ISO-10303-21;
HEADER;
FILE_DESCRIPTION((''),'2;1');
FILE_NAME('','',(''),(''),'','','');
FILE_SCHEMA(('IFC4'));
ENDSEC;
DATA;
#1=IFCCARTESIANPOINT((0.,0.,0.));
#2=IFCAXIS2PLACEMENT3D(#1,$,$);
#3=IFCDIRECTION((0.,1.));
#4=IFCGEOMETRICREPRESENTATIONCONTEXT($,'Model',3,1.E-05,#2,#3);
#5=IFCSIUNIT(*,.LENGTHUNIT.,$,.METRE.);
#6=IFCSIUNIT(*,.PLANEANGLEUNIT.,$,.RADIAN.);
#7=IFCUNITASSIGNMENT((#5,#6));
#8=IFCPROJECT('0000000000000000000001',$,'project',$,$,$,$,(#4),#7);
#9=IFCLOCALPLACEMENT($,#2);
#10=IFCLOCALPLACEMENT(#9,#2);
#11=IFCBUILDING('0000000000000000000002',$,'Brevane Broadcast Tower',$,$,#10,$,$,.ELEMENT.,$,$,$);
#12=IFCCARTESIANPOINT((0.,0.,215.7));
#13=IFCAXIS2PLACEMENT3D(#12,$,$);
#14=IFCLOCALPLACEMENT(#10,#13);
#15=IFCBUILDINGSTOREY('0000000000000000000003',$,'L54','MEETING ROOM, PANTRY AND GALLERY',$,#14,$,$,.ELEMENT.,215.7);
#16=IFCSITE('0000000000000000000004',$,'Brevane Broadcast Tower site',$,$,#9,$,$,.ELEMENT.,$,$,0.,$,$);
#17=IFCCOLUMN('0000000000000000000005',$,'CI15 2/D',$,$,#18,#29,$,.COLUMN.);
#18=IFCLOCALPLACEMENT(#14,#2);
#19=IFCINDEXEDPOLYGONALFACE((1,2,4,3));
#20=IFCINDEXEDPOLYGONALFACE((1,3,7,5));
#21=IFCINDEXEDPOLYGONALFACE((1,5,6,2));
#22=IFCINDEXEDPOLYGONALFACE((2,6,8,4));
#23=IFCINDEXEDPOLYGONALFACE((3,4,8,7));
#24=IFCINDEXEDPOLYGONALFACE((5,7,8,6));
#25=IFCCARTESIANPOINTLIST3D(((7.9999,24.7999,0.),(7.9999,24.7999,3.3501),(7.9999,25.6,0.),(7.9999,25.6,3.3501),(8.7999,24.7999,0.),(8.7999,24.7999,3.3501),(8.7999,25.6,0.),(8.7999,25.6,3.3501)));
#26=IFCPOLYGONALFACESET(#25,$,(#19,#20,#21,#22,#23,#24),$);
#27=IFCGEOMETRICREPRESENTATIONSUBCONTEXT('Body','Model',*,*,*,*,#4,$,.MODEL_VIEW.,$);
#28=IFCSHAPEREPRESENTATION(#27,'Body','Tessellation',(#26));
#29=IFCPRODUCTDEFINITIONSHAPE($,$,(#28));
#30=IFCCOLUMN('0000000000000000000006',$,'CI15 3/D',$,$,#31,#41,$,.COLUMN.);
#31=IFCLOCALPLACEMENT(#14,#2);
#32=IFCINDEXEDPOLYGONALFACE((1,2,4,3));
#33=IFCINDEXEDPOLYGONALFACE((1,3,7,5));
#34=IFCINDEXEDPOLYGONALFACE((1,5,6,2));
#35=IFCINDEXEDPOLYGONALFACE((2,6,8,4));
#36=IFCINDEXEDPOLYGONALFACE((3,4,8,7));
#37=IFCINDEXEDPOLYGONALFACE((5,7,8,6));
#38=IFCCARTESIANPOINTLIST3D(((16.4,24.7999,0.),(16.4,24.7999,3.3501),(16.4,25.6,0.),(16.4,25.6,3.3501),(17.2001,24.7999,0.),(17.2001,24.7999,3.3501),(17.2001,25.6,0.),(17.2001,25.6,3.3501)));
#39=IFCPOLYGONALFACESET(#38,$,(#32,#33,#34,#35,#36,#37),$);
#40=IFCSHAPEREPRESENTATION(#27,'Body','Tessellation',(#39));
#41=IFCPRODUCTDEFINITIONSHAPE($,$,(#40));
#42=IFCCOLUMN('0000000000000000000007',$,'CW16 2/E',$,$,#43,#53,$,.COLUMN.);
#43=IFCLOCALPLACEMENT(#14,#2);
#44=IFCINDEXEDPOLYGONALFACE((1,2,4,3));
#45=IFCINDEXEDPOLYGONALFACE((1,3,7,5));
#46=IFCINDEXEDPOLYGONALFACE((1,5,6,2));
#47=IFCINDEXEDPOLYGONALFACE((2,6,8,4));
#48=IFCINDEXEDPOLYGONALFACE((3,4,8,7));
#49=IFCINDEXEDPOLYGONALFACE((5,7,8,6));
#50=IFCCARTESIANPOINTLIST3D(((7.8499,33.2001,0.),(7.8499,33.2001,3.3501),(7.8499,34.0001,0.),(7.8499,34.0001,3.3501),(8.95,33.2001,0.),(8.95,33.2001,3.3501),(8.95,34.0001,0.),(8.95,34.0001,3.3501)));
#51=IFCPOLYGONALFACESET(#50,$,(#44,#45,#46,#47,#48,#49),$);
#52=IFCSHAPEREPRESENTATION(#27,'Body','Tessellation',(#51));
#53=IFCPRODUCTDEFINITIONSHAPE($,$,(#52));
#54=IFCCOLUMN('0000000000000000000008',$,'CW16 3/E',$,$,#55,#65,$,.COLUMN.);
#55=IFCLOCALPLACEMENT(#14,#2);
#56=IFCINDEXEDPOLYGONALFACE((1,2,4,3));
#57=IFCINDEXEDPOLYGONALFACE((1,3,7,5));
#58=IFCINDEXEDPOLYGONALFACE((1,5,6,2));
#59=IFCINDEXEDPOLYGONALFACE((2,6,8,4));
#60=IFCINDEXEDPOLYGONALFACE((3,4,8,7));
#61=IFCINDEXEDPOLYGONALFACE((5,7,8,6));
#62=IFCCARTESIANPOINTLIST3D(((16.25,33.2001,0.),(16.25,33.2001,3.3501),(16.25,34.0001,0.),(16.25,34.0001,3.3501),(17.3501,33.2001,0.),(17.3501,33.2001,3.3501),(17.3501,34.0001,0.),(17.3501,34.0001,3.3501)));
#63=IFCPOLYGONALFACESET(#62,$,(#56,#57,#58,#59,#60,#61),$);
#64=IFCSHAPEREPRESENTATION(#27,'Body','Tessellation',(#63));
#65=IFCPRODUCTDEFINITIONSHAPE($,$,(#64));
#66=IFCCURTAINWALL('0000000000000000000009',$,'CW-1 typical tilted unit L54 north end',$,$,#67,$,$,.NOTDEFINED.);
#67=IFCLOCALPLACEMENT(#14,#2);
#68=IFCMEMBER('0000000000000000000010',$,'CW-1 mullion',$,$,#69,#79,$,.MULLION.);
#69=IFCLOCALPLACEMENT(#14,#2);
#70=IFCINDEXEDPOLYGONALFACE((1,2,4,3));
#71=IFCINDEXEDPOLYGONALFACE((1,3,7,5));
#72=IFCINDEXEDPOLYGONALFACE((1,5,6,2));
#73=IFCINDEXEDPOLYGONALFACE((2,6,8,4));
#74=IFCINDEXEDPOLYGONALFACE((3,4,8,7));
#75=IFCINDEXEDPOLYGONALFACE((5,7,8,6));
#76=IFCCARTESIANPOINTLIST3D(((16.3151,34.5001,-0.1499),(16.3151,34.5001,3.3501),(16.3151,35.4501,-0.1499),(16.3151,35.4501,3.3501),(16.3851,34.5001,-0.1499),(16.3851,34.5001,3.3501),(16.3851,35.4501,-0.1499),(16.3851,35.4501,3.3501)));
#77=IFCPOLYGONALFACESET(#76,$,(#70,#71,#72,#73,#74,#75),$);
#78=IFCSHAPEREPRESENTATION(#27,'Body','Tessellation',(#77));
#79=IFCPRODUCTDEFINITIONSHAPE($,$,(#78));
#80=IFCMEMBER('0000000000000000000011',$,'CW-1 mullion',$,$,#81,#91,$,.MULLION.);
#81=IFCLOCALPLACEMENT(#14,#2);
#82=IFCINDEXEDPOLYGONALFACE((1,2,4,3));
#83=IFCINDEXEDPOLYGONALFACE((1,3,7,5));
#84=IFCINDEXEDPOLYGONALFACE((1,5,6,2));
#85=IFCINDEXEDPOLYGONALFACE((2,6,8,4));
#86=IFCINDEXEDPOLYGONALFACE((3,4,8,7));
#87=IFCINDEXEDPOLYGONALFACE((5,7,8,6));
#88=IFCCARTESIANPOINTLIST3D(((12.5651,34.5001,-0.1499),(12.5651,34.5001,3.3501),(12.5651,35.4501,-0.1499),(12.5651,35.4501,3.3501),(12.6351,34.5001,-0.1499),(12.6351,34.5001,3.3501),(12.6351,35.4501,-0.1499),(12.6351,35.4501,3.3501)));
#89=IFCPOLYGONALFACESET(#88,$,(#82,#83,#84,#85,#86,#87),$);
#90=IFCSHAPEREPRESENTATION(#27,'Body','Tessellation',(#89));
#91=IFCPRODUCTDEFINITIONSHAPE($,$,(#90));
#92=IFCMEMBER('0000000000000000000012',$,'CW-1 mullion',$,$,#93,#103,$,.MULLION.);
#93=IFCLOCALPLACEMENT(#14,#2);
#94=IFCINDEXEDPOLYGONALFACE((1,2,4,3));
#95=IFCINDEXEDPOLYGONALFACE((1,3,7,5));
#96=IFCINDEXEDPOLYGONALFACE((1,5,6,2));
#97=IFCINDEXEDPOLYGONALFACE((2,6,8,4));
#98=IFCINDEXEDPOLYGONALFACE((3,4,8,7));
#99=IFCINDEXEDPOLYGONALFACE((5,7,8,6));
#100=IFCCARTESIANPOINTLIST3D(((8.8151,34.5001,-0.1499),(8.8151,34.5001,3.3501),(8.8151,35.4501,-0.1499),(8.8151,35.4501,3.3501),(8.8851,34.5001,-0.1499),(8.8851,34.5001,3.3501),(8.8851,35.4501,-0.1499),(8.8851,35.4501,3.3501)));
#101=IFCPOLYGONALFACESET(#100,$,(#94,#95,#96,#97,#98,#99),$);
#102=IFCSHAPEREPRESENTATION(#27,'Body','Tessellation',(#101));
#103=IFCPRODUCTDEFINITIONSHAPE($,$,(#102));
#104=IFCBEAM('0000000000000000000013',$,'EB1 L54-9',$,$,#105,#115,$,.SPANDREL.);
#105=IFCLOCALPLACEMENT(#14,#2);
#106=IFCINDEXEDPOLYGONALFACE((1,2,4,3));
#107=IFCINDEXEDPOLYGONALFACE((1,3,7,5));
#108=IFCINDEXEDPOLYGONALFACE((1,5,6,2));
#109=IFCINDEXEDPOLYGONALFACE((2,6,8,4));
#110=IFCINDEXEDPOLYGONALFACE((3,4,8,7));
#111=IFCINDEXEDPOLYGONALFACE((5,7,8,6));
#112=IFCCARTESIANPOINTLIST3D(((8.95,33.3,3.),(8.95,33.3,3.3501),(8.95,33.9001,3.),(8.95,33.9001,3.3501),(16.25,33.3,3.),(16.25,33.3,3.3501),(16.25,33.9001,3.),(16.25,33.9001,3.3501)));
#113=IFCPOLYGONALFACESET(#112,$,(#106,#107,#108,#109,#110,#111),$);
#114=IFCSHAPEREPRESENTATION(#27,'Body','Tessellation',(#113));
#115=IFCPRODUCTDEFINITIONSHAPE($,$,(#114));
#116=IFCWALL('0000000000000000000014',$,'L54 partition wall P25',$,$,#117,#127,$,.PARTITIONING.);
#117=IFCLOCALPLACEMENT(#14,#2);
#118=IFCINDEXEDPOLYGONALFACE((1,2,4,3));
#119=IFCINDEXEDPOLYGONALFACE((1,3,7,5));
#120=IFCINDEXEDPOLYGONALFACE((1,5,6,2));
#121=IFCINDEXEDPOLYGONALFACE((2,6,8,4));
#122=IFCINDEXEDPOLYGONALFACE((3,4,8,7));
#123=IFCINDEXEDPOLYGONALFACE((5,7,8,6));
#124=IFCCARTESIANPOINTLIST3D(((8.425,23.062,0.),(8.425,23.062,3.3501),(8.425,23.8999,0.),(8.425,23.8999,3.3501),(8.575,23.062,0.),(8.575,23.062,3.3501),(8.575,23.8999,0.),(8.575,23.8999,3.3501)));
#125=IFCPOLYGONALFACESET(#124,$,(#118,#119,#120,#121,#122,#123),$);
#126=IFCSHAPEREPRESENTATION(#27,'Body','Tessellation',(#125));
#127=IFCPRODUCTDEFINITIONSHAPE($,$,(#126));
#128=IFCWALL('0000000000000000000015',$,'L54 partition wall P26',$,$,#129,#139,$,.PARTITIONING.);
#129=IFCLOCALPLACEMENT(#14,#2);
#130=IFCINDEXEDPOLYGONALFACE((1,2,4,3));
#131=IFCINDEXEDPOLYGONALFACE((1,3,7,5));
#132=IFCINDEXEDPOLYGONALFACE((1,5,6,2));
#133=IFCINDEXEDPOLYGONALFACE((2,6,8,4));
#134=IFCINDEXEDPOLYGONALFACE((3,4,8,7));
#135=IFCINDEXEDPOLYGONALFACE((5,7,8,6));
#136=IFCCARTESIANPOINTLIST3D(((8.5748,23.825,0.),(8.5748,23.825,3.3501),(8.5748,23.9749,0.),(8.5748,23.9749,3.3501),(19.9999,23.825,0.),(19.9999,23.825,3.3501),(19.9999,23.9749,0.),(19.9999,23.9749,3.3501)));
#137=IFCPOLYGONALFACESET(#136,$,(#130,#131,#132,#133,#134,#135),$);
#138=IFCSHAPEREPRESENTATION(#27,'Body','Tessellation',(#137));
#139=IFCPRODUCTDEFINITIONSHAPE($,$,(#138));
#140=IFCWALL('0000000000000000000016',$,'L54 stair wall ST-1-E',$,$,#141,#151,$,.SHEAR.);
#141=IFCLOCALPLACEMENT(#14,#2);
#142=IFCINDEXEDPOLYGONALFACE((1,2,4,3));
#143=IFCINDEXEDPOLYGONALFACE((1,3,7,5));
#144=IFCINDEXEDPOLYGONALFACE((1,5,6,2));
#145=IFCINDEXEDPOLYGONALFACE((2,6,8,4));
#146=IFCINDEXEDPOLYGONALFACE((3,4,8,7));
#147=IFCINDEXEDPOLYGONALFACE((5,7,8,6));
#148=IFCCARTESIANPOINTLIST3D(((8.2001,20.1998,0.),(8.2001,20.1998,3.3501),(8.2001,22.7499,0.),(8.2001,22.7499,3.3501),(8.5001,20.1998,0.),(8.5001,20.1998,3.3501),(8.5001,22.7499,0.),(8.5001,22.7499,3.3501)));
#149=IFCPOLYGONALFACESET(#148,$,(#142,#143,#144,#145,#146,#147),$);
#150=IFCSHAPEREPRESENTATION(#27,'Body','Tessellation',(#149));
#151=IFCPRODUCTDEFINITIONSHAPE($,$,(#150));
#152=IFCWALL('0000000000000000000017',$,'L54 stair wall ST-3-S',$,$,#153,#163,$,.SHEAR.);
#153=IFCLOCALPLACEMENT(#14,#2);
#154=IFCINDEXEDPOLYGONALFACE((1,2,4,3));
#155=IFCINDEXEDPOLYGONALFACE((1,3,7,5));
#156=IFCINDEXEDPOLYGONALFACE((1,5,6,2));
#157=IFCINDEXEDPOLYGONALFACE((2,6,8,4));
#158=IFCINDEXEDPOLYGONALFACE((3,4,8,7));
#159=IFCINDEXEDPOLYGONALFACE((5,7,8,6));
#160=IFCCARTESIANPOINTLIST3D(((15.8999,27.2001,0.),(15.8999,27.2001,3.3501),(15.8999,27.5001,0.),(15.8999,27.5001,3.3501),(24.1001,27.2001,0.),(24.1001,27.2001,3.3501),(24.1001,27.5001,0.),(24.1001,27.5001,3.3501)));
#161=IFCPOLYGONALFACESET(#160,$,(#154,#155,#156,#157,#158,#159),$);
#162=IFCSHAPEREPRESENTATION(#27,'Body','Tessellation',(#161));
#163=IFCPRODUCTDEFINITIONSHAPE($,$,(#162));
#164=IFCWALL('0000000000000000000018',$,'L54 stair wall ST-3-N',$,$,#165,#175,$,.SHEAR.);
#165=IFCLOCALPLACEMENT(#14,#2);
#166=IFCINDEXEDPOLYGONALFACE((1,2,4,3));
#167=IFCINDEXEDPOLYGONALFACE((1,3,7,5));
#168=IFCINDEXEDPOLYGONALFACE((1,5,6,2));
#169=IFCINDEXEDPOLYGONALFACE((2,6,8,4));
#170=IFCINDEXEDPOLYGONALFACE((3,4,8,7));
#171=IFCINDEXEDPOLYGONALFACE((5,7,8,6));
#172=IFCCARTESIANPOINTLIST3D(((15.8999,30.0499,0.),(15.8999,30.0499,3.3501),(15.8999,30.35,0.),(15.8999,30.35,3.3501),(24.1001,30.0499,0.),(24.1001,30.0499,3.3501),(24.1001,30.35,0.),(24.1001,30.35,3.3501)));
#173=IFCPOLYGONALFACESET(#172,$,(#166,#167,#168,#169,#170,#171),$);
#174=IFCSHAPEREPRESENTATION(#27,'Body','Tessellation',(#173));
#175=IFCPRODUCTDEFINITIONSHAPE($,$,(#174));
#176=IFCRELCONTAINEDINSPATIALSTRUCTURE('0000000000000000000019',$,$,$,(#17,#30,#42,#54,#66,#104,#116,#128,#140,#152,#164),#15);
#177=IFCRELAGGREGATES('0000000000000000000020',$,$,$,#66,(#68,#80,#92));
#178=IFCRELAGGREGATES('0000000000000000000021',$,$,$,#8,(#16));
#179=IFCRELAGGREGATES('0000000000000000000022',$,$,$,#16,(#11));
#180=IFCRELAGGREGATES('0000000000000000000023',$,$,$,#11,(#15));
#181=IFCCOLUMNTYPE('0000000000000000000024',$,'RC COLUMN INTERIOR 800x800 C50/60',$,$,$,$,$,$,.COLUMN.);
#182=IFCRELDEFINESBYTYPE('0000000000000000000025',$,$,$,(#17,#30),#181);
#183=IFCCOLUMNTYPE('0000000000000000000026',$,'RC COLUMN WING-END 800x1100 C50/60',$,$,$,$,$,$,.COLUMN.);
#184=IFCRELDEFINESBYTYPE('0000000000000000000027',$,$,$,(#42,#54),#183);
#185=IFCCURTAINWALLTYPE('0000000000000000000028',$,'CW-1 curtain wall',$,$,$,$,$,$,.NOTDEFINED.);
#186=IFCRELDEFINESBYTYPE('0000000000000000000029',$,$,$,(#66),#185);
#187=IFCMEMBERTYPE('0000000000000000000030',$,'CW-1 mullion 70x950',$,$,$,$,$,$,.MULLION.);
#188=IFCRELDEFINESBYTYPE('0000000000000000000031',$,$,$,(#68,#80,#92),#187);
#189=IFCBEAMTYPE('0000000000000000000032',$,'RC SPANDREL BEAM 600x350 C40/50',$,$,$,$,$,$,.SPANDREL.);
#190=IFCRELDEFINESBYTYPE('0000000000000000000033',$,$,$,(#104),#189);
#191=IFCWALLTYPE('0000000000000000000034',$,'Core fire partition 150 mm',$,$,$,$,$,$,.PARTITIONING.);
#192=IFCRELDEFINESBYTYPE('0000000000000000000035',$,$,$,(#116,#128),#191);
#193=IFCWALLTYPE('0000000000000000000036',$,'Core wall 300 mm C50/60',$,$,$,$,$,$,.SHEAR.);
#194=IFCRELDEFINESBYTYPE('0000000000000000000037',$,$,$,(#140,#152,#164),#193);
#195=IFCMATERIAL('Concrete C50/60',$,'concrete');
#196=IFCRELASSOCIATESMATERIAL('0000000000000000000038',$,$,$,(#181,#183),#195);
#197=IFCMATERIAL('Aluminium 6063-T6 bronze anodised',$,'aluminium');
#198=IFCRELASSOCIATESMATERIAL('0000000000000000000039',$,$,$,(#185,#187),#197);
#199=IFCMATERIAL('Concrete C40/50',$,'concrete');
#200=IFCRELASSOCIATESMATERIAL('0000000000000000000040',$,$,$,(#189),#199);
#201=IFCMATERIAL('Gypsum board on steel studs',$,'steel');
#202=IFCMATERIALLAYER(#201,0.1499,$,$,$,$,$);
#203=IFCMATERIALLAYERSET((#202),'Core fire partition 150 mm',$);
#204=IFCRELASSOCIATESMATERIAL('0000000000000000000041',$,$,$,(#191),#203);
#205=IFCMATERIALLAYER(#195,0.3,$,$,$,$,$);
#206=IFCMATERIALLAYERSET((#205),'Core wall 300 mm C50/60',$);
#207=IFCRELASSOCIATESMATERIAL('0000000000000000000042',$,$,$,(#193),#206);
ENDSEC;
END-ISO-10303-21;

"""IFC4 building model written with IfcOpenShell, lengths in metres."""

from ifc_helpers import new_model, si_unit, direction, frame, frame_2d, origin, origin_2d, place, context, subcontext, project, spatial, rectangle, extrude, material, layer, layer_set, material_profile, profile_set, type_object, element, aggregate, save


model = new_model("IFC4")

# Units and contexts
model_context = context("Model", 3, precision=1e-05, world=origin(), true_north=direction((0.0, 1.0)))
body_context = subcontext(model_context, "Body", "Model", "MODEL_VIEW")
ifc_project = project(units=[si_unit("LENGTHUNIT", "METRE"), si_unit("PLANEANGLEUNIT", "RADIAN")], contexts=[model_context])

# Site, building, storey
site_placement = place(None, origin())
site = spatial("IfcSite", under=ifc_project, at=site_placement, Name="Brevane Broadcast Tower site", CompositionType="ELEMENT", RefElevation=0.0)
building_placement = place(site_placement, origin())
building = spatial("IfcBuilding", under=site, at=building_placement, Name="Brevane Broadcast Tower", CompositionType="ELEMENT")
storey_placement = place(building_placement, frame((0.0, 0.0, 215.7)))
storey = spatial("IfcBuildingStorey", under=building, at=storey_placement, Name="L54", Description="MEETING ROOM, PANTRY AND GALLERY", CompositionType="ELEMENT", Elevation=215.7)

# Columns
ifc_material_1 = material(Name="Concrete C50/60", Category="concrete")
ifc_material_profile_1 = material_profile(ifc_material_1, rectangle(XDim=0.8, YDim=0.8, at=origin_2d()), Name="RC 800x800")
ifc_profile_set_1 = profile_set([ifc_material_profile_1], Name="Concrete C50/60")
column_type_1 = type_object("IfcColumnType", Name="RC COLUMN INTERIOR 800x800 C50/60", PredefinedType="COLUMN", material=ifc_profile_set_1)
for number, where, z_axis, x_axis, name in (
    (1, (8.3999, 25.2, 0.0), (0.0, 0.0, 1.0), (1.0, 0.0, 0.0), "CI15 2/D"),
    (2, (16.8, 25.2, 0.0), (0.0, 0.0, 1.0), (1.0, 0.0, 0.0), "CI15 3/D"),
):
    element("IfcColumn", number, at=place(storey_placement, frame(where, z_axis=z_axis, x_axis=x_axis)), inside=storey, type_object=column_type_1, Name=name, PredefinedType="COLUMN", context=body_context, shape_type="SweptSolid", body=[
        extrude(rectangle(XDim=0.8, YDim=0.8, at=origin_2d()), origin(), (0.0, 0.0, 1.0), 3.3501),
    ])
ifc_material_profile_2 = material_profile(ifc_material_1, rectangle(XDim=0.8, YDim=1.1001, at=origin_2d()), Name="RC 800x1100")
ifc_profile_set_2 = profile_set([ifc_material_profile_2], Name="Concrete C50/60")
column_type_2 = type_object("IfcColumnType", Name="RC COLUMN WING-END 800x1100 C50/60", PredefinedType="COLUMN", material=ifc_profile_set_2)
for number, where, z_axis, x_axis, name in (
    (3, (8.3999, 33.6001, 0.0), (0.0, 0.0, 1.0), (0.0, 1.0, 0.0), "CW16 2/E"),
    (4, (16.8, 33.6001, 0.0), (0.0, 0.0, 1.0), (0.0, 1.0, 0.0), "CW16 3/E"),
):
    element("IfcColumn", number, at=place(storey_placement, frame(where, z_axis=z_axis, x_axis=x_axis)), inside=storey, type_object=column_type_2, Name=name, PredefinedType="COLUMN", context=body_context, shape_type="SweptSolid", body=[
        extrude(rectangle(XDim=0.8, YDim=1.1001, at=origin_2d()), origin(), (0.0, 0.0, 1.0), 3.3501),
    ])

# Curtain wall, members
ifc_material_2 = material(Name="Aluminium 6063-T6 bronze anodised", Category="aluminium")
curtain_wall_type = type_object("IfcCurtainWallType", Name="CW-1 curtain wall", PredefinedType="NOTDEFINED", material=ifc_material_2)
curtain_wall_placement = place(storey_placement, origin())
curtain_wall = element("IfcCurtainWall", 5, at=curtain_wall_placement, inside=storey, type_object=curtain_wall_type, Name="CW-1 typical tilted unit L54 north end", PredefinedType="NOTDEFINED")
ifc_material_profile_3 = material_profile(ifc_material_2, rectangle(XDim=0.95, YDim=0.0701, at=origin_2d()), Name="RECT 70x950")
ifc_profile_set_3 = profile_set([ifc_material_profile_3], Name="Aluminium 6063-T6 bronze anodised")
member_type = type_object("IfcMemberType", Name="CW-1 mullion 70x950", PredefinedType="MULLION", material=ifc_profile_set_3)
member_1_placement = place(storey_placement, frame((16.3501, 34.9751, -0.1499), z_axis=(0.0, 0.0, 1.0), x_axis=(0.0, -1.0, 0.0)))
member_1 = element("IfcMember", 6, at=member_1_placement, type_object=member_type, Name="CW-1 mullion", PredefinedType="MULLION", context=body_context, shape_type="SweptSolid", body=[
    extrude(rectangle(XDim=0.95, YDim=0.0701, at=origin_2d()), origin(), (0.0, 0.0, 1.0), 3.5),
])
member_2_placement = place(storey_placement, frame((12.6001, 34.9751, -0.1499), z_axis=(0.0, 0.0, 1.0), x_axis=(0.0, -1.0, 0.0)))
member_2 = element("IfcMember", 7, at=member_2_placement, type_object=member_type, Name="CW-1 mullion", PredefinedType="MULLION", context=body_context, shape_type="SweptSolid", body=[
    extrude(rectangle(XDim=0.95, YDim=0.0701, at=origin_2d()), origin(), (0.0, 0.0, 1.0), 3.5),
])
member_3_placement = place(storey_placement, frame((8.8501, 34.9751, -0.1499), z_axis=(0.0, 0.0, 1.0), x_axis=(0.0, -1.0, 0.0)))
member_3 = element("IfcMember", 8, at=member_3_placement, type_object=member_type, Name="CW-1 mullion", PredefinedType="MULLION", context=body_context, shape_type="SweptSolid", body=[
    extrude(rectangle(XDim=0.95, YDim=0.0701, at=origin_2d()), origin(), (0.0, 0.0, 1.0), 3.5),
])
aggregate(curtain_wall, [member_1, member_2, member_3])

# Beam
ifc_material_3 = material(Name="Concrete C40/50", Category="concrete")
ifc_material_profile_4 = material_profile(ifc_material_3, rectangle(XDim=0.6001, YDim=0.3501, at=origin_2d()), Name="RC 600x350")
ifc_profile_set_4 = profile_set([ifc_material_profile_4], Name="Concrete C40/50")
beam_type = type_object("IfcBeamType", Name="RC SPANDREL BEAM 600x350 C40/50", PredefinedType="SPANDREL", material=ifc_profile_set_4)
beam_placement = place(storey_placement, frame((16.25, 33.6001, 3.175), z_axis=(-1.0, 0.0, 0.0), x_axis=(0.0, -1.0, 0.0)))
element("IfcBeam", 9, at=beam_placement, inside=storey, type_object=beam_type, Name="EB1 L54-9", PredefinedType="SPANDREL", context=body_context, shape_type="SweptSolid", body=[
    extrude(rectangle(XDim=0.6001, YDim=0.3501, at=origin_2d()), origin(), (0.0, 0.0, 1.0), 7.3),
])

# Walls
ifc_material_4 = material(Name="Gypsum board on steel studs", Category="steel")
ifc_layer_1 = layer(ifc_material_4, 0.1499)
ifc_layer_set_1 = layer_set([ifc_layer_1], Name="Core fire partition 150 mm")
wall_type_1 = type_object("IfcWallType", Name="Core fire partition 150 mm", PredefinedType="PARTITIONING", material=ifc_layer_set_1)
wall_1_placement = place(storey_placement, frame((8.5, 23.062, 0.0), z_axis=(0.0, 0.0, 1.0), x_axis=(0.0, 1.0, 0.0)))
element("IfcWall", 10, at=wall_1_placement, inside=storey, type_object=wall_type_1, Name="L54 partition wall P25", PredefinedType="PARTITIONING", context=body_context, shape_type="SweptSolid", body=[
    extrude(rectangle(XDim=0.8379, YDim=0.1499, at=frame_2d((0.4189, 0.0))), origin(), (0.0, 0.0, 1.0), 3.3501),
])
wall_2_placement = place(storey_placement, frame((8.575, 23.8999, 0.0), z_axis=(0.0, 0.0, 1.0), x_axis=(1.0, 0.0, 0.0)))
element("IfcWall", 11, at=wall_2_placement, inside=storey, type_object=wall_type_1, Name="L54 partition wall P26", PredefinedType="PARTITIONING", context=body_context, shape_type="SweptSolid", body=[
    extrude(rectangle(XDim=11.425, YDim=0.1499, at=frame_2d((5.7124, 0.0))), origin(), (0.0, 0.0, 1.0), 3.3501),
])
ifc_layer_2 = layer(ifc_material_1, 0.3)
ifc_layer_set_2 = layer_set([ifc_layer_2], Name="Core wall 300 mm C50/60")
wall_type_2 = type_object("IfcWallType", Name="Core wall 300 mm C50/60", PredefinedType="SHEAR", material=ifc_layer_set_2)
wall_3_placement = place(storey_placement, frame((8.3501, 20.2, 0.0), z_axis=(0.0, 0.0, 1.0), x_axis=(0.0, 1.0, 0.0)))
element("IfcWall", 12, at=wall_3_placement, inside=storey, type_object=wall_type_2, Name="L54 stair wall ST-1-E", PredefinedType="SHEAR", context=body_context, shape_type="SweptSolid", body=[
    extrude(rectangle(XDim=2.55, YDim=0.3, at=frame_2d((1.2749, 0.0))), origin(), (0.0, 0.0, 1.0), 3.3501),
])
for number, where, z_axis, x_axis, name in (
    (13, (15.8999, 27.3501, 0.0), (0.0, 0.0, 1.0), (1.0, 0.0, 0.0), "L54 stair wall ST-3-S"),
    (14, (15.8999, 30.2, 0.0), (0.0, 0.0, 1.0), (1.0, 0.0, 0.0), "L54 stair wall ST-3-N"),
):
    element("IfcWall", number, at=place(storey_placement, frame(where, z_axis=z_axis, x_axis=x_axis)), inside=storey, type_object=wall_type_2, Name=name, PredefinedType="SHEAR", context=body_context, shape_type="SweptSolid", body=[
        extrude(rectangle(XDim=8.2002, YDim=0.3, at=frame_2d((4.1001, 0.0))), origin(), (0.0, 0.0, 1.0), 3.3501),
    ])

save(model, "model.ifc")
